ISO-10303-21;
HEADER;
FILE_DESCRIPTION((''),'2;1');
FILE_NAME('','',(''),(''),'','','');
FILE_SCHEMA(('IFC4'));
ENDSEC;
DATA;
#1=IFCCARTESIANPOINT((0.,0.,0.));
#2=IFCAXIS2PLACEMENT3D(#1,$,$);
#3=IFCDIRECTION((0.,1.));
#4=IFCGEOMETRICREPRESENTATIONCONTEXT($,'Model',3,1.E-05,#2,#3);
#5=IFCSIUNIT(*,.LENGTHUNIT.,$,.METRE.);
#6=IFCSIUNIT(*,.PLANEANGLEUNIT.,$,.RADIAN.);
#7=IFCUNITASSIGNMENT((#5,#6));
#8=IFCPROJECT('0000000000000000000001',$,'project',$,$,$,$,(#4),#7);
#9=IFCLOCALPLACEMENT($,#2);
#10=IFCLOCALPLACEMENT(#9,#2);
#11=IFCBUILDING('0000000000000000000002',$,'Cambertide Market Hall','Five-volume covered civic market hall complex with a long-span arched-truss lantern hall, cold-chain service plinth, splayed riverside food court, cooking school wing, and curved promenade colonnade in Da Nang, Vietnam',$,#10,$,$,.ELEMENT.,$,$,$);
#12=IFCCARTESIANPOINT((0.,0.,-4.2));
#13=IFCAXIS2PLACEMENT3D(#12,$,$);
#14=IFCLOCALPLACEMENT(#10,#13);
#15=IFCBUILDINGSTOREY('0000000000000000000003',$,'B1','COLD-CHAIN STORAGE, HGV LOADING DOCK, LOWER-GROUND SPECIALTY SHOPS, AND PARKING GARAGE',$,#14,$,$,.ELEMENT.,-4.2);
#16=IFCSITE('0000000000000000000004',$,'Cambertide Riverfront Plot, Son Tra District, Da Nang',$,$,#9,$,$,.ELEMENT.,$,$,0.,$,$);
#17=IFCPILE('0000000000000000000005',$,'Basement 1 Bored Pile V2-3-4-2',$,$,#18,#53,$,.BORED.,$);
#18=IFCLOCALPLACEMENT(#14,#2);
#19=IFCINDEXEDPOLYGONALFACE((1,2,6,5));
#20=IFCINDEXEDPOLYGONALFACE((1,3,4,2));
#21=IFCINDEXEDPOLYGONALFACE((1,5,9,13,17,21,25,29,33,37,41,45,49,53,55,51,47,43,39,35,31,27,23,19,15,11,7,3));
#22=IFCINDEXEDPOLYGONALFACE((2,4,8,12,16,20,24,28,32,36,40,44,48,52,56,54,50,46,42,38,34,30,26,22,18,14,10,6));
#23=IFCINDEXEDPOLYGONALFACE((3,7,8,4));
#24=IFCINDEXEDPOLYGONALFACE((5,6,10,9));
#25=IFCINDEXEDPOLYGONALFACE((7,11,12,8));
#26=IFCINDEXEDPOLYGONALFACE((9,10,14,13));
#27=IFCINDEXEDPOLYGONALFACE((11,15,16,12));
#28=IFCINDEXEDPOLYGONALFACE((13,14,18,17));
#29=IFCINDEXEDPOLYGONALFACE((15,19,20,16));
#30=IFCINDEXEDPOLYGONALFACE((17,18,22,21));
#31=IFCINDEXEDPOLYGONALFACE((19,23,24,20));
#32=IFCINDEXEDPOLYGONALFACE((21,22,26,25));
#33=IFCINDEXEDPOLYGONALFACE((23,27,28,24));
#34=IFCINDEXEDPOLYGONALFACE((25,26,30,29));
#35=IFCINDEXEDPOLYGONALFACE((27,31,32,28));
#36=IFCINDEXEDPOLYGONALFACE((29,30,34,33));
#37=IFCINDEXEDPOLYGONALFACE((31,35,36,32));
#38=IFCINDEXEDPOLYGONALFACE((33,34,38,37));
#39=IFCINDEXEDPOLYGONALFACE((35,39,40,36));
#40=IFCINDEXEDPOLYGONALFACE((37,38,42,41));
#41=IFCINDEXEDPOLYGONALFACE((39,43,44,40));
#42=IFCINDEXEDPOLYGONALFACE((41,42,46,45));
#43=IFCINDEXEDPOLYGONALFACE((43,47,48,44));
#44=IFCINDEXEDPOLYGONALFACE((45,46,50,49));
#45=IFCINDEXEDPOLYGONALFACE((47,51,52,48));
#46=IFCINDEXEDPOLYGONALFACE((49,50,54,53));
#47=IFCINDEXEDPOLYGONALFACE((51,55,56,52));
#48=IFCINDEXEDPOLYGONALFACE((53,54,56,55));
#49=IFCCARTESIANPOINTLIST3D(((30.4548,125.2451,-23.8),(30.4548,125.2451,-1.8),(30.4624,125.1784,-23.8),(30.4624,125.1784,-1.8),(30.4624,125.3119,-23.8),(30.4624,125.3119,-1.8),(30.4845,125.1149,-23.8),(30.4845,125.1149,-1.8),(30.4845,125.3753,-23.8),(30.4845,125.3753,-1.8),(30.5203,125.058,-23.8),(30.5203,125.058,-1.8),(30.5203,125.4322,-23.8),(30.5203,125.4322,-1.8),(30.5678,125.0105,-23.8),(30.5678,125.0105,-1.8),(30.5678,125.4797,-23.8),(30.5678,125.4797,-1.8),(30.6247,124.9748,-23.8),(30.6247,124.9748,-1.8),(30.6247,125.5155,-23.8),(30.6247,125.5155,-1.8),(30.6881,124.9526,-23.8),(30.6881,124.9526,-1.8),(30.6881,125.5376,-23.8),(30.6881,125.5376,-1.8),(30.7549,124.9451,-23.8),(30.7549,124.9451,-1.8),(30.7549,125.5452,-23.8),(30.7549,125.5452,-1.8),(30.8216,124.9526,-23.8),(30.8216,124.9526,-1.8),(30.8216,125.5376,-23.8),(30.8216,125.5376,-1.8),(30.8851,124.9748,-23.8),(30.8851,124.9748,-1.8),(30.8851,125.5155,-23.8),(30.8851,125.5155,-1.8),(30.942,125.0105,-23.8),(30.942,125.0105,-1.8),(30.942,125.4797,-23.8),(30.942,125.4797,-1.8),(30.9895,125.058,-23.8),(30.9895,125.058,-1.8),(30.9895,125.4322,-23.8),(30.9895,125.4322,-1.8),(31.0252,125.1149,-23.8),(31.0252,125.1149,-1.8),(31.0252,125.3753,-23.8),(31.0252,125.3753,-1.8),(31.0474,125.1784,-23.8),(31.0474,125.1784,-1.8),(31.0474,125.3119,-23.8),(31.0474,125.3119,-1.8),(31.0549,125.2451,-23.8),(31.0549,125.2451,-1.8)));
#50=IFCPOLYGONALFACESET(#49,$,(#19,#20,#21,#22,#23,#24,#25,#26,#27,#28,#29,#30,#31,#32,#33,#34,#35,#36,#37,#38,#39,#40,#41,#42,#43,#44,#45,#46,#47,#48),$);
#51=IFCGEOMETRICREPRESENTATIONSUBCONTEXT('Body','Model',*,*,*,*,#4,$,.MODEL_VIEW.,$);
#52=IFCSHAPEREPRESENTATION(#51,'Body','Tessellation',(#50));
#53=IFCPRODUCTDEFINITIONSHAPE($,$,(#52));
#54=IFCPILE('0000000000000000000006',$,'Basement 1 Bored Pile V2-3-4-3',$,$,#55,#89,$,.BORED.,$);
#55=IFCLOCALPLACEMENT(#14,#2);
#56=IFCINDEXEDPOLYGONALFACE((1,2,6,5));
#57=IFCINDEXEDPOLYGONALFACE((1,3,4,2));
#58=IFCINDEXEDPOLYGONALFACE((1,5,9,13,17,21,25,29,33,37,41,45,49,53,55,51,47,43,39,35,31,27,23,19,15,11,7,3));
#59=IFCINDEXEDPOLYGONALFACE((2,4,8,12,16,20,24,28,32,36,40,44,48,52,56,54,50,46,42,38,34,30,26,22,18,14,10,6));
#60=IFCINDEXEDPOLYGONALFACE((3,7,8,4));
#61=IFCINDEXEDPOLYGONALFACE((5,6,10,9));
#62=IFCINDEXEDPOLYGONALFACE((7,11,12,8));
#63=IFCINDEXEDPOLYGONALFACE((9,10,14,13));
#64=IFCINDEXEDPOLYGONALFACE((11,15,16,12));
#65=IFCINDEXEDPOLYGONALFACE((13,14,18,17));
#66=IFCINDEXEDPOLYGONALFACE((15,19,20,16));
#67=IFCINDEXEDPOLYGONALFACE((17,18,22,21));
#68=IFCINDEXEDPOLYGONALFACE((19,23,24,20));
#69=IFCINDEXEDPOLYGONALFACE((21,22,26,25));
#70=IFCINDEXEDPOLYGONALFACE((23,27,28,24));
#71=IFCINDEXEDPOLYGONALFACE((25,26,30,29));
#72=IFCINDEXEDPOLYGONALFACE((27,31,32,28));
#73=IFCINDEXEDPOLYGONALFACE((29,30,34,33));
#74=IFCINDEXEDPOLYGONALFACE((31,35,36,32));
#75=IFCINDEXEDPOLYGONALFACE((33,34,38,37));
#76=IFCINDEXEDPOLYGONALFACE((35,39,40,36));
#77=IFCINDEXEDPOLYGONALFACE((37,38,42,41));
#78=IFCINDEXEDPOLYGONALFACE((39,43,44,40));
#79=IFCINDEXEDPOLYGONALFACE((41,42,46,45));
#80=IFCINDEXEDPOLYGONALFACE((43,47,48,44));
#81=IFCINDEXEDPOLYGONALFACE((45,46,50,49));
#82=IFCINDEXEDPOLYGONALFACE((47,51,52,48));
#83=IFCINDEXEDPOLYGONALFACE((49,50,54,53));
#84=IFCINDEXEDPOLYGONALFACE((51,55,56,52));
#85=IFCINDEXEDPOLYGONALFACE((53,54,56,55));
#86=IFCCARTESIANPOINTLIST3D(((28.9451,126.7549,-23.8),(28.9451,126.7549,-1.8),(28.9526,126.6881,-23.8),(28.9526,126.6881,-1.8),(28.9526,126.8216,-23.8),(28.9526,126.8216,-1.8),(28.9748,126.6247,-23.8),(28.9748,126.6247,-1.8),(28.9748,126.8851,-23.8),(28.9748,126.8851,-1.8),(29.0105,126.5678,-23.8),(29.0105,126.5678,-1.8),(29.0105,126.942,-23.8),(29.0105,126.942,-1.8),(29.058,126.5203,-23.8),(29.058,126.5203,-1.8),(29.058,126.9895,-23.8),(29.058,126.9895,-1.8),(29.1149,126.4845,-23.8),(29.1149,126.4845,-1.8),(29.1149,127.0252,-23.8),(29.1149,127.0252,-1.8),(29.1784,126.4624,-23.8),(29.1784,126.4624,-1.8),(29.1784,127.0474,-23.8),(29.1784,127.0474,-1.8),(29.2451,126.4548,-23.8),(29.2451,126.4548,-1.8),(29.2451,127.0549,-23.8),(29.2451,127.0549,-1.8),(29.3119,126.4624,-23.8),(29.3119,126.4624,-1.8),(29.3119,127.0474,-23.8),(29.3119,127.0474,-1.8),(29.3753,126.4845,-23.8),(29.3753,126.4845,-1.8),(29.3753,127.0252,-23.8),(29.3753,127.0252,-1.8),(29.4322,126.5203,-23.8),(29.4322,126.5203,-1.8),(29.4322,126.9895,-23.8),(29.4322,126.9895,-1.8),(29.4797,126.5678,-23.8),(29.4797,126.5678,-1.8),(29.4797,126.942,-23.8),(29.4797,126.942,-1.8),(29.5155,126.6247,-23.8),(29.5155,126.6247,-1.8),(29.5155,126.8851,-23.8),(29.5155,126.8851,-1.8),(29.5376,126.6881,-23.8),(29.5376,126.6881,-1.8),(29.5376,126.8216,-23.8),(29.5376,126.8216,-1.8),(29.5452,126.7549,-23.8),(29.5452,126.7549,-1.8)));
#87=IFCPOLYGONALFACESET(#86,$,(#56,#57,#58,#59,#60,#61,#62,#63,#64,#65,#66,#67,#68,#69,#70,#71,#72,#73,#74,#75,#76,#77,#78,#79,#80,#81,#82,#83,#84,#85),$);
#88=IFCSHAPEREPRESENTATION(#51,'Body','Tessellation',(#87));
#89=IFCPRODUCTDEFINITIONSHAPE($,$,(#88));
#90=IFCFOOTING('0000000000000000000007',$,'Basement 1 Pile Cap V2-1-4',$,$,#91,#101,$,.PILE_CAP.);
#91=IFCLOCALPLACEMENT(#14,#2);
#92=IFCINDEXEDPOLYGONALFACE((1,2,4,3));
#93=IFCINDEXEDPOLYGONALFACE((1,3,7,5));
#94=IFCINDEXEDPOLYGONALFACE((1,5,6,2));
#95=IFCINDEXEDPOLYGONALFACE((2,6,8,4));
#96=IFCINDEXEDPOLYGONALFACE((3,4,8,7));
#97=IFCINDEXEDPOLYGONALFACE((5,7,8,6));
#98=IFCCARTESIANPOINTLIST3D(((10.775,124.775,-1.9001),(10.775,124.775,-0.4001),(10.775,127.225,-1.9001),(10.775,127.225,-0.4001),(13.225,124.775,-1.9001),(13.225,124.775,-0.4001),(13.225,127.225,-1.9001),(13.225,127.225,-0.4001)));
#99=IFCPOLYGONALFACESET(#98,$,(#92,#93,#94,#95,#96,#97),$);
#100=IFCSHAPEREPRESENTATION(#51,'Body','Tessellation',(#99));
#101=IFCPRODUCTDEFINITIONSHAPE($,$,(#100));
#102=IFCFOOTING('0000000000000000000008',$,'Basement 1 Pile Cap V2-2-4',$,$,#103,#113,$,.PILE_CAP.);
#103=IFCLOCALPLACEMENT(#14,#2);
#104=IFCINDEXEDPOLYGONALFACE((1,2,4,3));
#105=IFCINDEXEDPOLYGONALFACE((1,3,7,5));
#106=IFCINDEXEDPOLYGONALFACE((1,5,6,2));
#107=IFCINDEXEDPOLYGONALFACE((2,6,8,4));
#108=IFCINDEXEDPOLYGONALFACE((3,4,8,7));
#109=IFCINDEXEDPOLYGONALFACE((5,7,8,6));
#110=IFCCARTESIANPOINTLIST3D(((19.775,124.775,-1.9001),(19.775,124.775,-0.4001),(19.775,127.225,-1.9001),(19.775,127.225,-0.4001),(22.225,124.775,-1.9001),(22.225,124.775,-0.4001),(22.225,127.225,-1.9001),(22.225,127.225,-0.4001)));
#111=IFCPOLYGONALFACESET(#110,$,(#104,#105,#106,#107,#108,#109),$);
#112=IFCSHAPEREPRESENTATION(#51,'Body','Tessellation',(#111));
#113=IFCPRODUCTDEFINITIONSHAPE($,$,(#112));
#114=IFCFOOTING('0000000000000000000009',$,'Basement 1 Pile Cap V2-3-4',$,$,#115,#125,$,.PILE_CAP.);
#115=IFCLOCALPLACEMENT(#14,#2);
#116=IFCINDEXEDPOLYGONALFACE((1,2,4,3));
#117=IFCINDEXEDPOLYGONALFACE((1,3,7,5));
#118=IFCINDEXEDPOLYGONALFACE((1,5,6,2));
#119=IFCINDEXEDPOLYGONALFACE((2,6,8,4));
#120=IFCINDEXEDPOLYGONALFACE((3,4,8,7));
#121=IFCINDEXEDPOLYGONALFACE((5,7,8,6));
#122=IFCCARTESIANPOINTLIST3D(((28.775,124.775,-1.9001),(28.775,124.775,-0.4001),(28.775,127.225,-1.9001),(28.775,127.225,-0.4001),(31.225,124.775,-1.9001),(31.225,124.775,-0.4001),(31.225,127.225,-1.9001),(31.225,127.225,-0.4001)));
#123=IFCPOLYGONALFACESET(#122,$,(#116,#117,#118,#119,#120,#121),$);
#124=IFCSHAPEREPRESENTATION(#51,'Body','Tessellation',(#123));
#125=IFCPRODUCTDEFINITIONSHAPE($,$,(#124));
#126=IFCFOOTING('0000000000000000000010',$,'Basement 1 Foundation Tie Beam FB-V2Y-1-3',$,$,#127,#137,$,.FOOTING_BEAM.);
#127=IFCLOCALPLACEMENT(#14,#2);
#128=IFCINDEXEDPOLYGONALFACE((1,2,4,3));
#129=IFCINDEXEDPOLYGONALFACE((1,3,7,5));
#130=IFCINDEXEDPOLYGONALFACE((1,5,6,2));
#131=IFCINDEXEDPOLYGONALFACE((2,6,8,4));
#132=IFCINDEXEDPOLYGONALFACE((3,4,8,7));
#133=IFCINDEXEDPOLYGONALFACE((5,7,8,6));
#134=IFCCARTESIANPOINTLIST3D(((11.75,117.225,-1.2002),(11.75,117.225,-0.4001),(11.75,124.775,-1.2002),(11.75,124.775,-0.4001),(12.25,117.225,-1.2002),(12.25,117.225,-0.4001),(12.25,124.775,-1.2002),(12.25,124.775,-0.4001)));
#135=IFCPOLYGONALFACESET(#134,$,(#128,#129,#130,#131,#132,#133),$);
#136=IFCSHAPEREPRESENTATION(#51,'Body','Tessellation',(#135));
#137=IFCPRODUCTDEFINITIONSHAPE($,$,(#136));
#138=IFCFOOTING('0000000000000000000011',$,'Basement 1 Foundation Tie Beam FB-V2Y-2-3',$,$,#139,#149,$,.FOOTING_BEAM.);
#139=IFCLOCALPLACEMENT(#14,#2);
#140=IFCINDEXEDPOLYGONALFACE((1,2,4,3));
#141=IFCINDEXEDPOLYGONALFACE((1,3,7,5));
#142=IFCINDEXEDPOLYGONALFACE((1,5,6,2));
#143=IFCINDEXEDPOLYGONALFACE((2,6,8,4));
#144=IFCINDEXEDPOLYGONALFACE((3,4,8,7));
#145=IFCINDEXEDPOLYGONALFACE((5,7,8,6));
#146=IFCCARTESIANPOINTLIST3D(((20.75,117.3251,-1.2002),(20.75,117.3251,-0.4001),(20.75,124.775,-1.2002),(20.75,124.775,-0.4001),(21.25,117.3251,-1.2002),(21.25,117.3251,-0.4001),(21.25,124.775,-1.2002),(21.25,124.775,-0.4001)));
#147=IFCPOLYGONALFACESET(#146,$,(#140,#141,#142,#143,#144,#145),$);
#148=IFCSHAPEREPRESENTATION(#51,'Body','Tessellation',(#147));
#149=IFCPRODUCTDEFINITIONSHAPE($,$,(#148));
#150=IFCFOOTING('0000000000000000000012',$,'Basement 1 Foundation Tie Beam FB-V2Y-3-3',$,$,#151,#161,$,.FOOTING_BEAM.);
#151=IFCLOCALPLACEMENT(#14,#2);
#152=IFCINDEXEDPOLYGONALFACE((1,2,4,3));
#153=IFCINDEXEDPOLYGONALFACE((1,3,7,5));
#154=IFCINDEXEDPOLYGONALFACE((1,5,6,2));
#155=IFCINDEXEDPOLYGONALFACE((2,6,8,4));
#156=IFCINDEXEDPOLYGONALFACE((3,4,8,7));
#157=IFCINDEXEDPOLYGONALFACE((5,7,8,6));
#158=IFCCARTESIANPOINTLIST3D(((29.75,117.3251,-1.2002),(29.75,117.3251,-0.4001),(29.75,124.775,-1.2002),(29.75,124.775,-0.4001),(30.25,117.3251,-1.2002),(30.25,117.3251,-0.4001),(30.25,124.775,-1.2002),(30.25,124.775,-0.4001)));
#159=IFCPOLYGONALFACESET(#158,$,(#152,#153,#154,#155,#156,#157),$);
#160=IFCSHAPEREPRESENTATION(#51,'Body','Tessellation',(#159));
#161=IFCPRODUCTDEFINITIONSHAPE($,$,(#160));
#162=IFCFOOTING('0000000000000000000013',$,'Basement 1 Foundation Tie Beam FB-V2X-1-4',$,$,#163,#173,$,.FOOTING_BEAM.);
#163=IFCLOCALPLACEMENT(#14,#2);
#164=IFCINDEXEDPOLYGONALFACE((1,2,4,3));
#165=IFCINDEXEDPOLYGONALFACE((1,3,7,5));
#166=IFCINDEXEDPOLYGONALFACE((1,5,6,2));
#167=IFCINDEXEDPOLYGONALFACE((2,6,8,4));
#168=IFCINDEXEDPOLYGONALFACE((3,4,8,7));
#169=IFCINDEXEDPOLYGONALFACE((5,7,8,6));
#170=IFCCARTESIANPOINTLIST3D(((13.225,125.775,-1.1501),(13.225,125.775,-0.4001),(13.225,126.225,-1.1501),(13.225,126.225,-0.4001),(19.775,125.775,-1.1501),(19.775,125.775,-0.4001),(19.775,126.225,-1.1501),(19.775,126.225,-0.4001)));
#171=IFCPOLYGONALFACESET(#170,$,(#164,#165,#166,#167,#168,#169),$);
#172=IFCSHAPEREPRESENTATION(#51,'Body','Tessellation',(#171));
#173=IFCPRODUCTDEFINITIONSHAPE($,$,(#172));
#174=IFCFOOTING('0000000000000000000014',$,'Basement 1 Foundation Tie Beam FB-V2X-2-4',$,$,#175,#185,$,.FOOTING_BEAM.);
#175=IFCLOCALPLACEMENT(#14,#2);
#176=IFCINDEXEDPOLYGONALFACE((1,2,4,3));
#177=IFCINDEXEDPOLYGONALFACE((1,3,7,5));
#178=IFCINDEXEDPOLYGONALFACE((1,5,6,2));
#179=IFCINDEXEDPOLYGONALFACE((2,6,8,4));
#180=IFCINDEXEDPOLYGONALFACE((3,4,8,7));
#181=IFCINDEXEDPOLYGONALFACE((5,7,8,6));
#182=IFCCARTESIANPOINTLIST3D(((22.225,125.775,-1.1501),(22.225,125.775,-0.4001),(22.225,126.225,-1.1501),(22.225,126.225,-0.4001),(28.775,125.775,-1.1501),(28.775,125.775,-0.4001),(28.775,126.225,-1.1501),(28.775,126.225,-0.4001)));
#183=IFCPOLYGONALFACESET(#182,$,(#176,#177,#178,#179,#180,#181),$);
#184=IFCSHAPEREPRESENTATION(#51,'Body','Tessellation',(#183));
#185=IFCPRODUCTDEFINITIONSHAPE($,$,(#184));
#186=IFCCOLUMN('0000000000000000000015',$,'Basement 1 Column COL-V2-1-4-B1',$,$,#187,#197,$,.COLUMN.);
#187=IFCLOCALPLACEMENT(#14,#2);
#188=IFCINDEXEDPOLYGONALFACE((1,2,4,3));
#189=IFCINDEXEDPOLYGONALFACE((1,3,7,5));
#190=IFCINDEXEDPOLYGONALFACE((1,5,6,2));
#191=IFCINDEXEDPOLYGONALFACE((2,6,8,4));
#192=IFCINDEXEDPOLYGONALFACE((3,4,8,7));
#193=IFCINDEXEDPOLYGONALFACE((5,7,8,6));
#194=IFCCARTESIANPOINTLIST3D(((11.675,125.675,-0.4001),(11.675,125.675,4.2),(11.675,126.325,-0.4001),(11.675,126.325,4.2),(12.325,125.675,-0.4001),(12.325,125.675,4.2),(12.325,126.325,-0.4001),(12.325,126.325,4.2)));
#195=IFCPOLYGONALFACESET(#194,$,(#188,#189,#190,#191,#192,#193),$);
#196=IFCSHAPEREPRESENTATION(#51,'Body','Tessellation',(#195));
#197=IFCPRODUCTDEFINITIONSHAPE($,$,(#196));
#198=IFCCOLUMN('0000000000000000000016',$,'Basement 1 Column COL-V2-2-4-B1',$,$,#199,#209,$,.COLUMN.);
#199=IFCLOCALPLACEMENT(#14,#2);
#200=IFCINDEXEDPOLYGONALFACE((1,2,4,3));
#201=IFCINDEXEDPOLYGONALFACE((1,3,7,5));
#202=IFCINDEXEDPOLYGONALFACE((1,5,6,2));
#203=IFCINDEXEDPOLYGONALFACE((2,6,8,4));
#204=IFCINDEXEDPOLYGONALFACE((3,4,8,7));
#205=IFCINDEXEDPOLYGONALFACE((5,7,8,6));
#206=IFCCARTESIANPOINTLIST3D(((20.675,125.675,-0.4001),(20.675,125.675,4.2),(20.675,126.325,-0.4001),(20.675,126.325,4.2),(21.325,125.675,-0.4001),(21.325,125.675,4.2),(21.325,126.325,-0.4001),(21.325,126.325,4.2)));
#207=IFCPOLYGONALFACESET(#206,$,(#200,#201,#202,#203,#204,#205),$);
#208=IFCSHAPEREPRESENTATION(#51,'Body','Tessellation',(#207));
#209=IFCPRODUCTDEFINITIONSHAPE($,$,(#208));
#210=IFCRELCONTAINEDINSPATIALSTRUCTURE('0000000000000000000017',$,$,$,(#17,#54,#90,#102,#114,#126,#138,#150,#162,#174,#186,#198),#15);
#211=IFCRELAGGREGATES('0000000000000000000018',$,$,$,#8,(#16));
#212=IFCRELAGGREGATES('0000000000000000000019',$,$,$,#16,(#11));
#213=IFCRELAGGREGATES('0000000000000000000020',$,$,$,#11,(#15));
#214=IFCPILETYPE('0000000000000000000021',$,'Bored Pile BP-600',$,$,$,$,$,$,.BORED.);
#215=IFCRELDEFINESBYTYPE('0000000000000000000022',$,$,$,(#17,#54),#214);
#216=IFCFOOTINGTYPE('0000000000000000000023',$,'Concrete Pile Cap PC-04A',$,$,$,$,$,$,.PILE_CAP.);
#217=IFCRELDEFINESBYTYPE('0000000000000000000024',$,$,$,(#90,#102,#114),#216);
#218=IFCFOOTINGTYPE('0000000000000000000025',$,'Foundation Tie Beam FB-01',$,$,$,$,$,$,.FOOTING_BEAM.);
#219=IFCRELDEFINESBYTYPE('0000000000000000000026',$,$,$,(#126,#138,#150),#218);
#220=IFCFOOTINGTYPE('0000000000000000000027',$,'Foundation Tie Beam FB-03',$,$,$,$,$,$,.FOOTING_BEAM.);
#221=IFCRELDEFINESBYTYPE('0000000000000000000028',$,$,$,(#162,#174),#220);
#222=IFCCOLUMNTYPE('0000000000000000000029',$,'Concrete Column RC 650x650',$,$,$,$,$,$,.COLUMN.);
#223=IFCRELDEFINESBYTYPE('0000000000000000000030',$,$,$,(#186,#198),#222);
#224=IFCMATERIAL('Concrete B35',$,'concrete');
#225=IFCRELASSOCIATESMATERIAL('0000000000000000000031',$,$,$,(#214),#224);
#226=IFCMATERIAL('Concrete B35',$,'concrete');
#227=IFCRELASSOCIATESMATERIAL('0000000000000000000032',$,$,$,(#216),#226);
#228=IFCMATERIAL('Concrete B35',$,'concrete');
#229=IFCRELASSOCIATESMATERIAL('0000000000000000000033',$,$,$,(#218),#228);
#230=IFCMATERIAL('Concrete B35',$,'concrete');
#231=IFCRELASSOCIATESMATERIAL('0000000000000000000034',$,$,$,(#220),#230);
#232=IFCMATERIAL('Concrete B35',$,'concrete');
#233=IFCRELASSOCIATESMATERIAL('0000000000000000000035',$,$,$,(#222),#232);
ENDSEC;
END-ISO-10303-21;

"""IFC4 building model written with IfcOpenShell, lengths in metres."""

from ifc_helpers import new_model, si_unit, direction, frame, origin, origin_2d, place, context, subcontext, project, spatial, rectangle, circle, extrude, material, material_profile, profile_set, type_object, element, save


model = new_model("IFC4")

# Units and contexts
model_context = context("Model", 3, precision=1e-05, world=origin(), true_north=direction((0.0, 1.0)))
body_context = subcontext(model_context, "Body", "Model", "MODEL_VIEW")
ifc_project = project(units=[si_unit("LENGTHUNIT", "METRE"), si_unit("PLANEANGLEUNIT", "RADIAN")], contexts=[model_context])

# Site, building, storey
site_placement = place(None, origin())
site = spatial("IfcSite", under=ifc_project, at=site_placement, Name="Cambertide Riverfront Plot, Son Tra District, Da Nang", CompositionType="ELEMENT", RefElevation=0.0)
building_placement = place(site_placement, origin())
building = spatial("IfcBuilding", under=site, at=building_placement, Name="Cambertide Market Hall", Description="Five-volume covered civic market hall complex with a long-span arched-truss lantern hall, cold-chain service plinth, splayed riverside food court, cooking school wing, and curved promenade colonnade in Da Nang, Vietnam", CompositionType="ELEMENT")
storey_placement = place(building_placement, frame((0.0, 0.0, -4.2)))
storey = spatial("IfcBuildingStorey", under=building, at=storey_placement, Name="B1", Description="COLD-CHAIN STORAGE, HGV LOADING DOCK, LOWER-GROUND SPECIALTY SHOPS, AND PARKING GARAGE", CompositionType="ELEMENT", Elevation=-4.2)

# Piles
ifc_material_1 = material(Name="Concrete B35", Category="concrete")
ifc_material_profile_1 = material_profile(ifc_material_1, circle(Radius=0.3, at=origin_2d()), Name="BP D600")
ifc_profile_set_1 = profile_set([ifc_material_profile_1], Name="Concrete B35")
pile_type = type_object("IfcPileType", Name="Bored Pile BP-600", PredefinedType="BORED", material=ifc_profile_set_1)
for number, where, z_axis, x_axis, name in (
    (1, (30.7549, 125.2451, -1.8), (0.0, 0.0, -1.0), (1.0, 0.0, 0.0), "Basement 1 Bored Pile V2-3-4-2"),
    (2, (29.2451, 126.7549, -1.8), (0.0, 0.0, -1.0), (1.0, 0.0, 0.0), "Basement 1 Bored Pile V2-3-4-3"),
):
    element("IfcPile", number, at=place(storey_placement, frame(where, z_axis=z_axis, x_axis=x_axis)), inside=storey, type_object=pile_type, Name=name, PredefinedType="BORED", context=body_context, shape_type="SweptSolid", body=[
        extrude(circle(Radius=0.3, at=origin_2d()), origin(), (0.0, 0.0, 1.0), 22.0),
    ])

# Footings
ifc_material_2 = material(Name="Concrete B35", Category="concrete")
footing_type_1 = type_object("IfcFootingType", Name="Concrete Pile Cap PC-04A", PredefinedType="PILE_CAP", material=ifc_material_2)
for number, where, z_axis, x_axis, name in (
    (3, (12.0, 126.0, -1.9001), (0.0, 0.0, 1.0), (1.0, 0.0, 0.0), "Basement 1 Pile Cap V2-1-4"),
    (4, (21.0, 126.0, -1.9001), (0.0, 0.0, 1.0), (1.0, 0.0, 0.0), "Basement 1 Pile Cap V2-2-4"),
    (5, (30.0, 126.0, -1.9001), (0.0, 0.0, 1.0), (1.0, 0.0, 0.0), "Basement 1 Pile Cap V2-3-4"),
):
    element("IfcFooting", number, at=place(storey_placement, frame(where, z_axis=z_axis, x_axis=x_axis)), inside=storey, type_object=footing_type_1, Name=name, PredefinedType="PILE_CAP", context=body_context, shape_type="SweptSolid", body=[
        extrude(rectangle(XDim=2.45, YDim=2.45, at=origin_2d()), origin(), (0.0, 0.0, 1.0), 1.5),
    ])
ifc_material_3 = material(Name="Concrete B35", Category="concrete")
footing_type_2 = type_object("IfcFootingType", Name="Foundation Tie Beam FB-01", PredefinedType="FOOTING_BEAM", material=ifc_material_3)
footing_placement = place(storey_placement, frame((12.0, 121.0, -1.2002), z_axis=(0.0, 0.0, 1.0), x_axis=(0.0, 1.0, 0.0)))
element("IfcFooting", 6, at=footing_placement, inside=storey, type_object=footing_type_2, Name="Basement 1 Foundation Tie Beam FB-V2Y-1-3", PredefinedType="FOOTING_BEAM", context=body_context, shape_type="SweptSolid", body=[
    extrude(rectangle(XDim=7.55, YDim=0.5, at=origin_2d()), origin(), (0.0, 0.0, 1.0), 0.8),
])
for number, where, z_axis, x_axis, name in (
    (7, (21.0, 121.05, -1.2002), (0.0, 0.0, 1.0), (0.0, 1.0, 0.0), "Basement 1 Foundation Tie Beam FB-V2Y-2-3"),
    (8, (30.0, 121.05, -1.2002), (0.0, 0.0, 1.0), (0.0, 1.0, 0.0), "Basement 1 Foundation Tie Beam FB-V2Y-3-3"),
):
    element("IfcFooting", number, at=place(storey_placement, frame(where, z_axis=z_axis, x_axis=x_axis)), inside=storey, type_object=footing_type_2, Name=name, PredefinedType="FOOTING_BEAM", context=body_context, shape_type="SweptSolid", body=[
        extrude(rectangle(XDim=7.45, YDim=0.5, at=origin_2d()), origin(), (0.0, 0.0, 1.0), 0.8),
    ])
ifc_material_4 = material(Name="Concrete B35", Category="concrete")
footing_type_3 = type_object("IfcFootingType", Name="Foundation Tie Beam FB-03", PredefinedType="FOOTING_BEAM", material=ifc_material_4)
for number, where, z_axis, x_axis, name in (
    (9, (16.5, 126.0, -1.1501), (0.0, 0.0, 1.0), (1.0, 0.0, 0.0), "Basement 1 Foundation Tie Beam FB-V2X-1-4"),
    (10, (25.5, 126.0, -1.1501), (0.0, 0.0, 1.0), (1.0, 0.0, 0.0), "Basement 1 Foundation Tie Beam FB-V2X-2-4"),
):
    element("IfcFooting", number, at=place(storey_placement, frame(where, z_axis=z_axis, x_axis=x_axis)), inside=storey, type_object=footing_type_3, Name=name, PredefinedType="FOOTING_BEAM", context=body_context, shape_type="SweptSolid", body=[
        extrude(rectangle(XDim=6.55, YDim=0.45, at=origin_2d()), origin(), (0.0, 0.0, 1.0), 0.75),
    ])

# Columns
ifc_material_5 = material(Name="Concrete B35", Category="concrete")
ifc_material_profile_2 = material_profile(ifc_material_5, rectangle(XDim=0.6499, YDim=0.6499, at=origin_2d()), Name="RC 650x650")
ifc_profile_set_2 = profile_set([ifc_material_profile_2], Name="Concrete B35")
column_type = type_object("IfcColumnType", Name="Concrete Column RC 650x650", PredefinedType="COLUMN", material=ifc_profile_set_2)
for number, where, z_axis, x_axis, name in (
    (11, (12.0, 126.0, -0.4001), (0.0, 0.0, 1.0), (1.0, 0.0, 0.0), "Basement 1 Column COL-V2-1-4-B1"),
    (12, (21.0, 126.0, -0.4001), (0.0, 0.0, 1.0), (1.0, 0.0, 0.0), "Basement 1 Column COL-V2-2-4-B1"),
):
    element("IfcColumn", number, at=place(storey_placement, frame(where, z_axis=z_axis, x_axis=x_axis)), inside=storey, type_object=column_type, Name=name, PredefinedType="COLUMN", context=body_context, shape_type="SweptSolid", body=[
        extrude(rectangle(XDim=0.6499, YDim=0.6499, at=origin_2d()), origin(), (0.0, 0.0, 1.0), 4.6001),
    ])

save(model, "model.ifc")
